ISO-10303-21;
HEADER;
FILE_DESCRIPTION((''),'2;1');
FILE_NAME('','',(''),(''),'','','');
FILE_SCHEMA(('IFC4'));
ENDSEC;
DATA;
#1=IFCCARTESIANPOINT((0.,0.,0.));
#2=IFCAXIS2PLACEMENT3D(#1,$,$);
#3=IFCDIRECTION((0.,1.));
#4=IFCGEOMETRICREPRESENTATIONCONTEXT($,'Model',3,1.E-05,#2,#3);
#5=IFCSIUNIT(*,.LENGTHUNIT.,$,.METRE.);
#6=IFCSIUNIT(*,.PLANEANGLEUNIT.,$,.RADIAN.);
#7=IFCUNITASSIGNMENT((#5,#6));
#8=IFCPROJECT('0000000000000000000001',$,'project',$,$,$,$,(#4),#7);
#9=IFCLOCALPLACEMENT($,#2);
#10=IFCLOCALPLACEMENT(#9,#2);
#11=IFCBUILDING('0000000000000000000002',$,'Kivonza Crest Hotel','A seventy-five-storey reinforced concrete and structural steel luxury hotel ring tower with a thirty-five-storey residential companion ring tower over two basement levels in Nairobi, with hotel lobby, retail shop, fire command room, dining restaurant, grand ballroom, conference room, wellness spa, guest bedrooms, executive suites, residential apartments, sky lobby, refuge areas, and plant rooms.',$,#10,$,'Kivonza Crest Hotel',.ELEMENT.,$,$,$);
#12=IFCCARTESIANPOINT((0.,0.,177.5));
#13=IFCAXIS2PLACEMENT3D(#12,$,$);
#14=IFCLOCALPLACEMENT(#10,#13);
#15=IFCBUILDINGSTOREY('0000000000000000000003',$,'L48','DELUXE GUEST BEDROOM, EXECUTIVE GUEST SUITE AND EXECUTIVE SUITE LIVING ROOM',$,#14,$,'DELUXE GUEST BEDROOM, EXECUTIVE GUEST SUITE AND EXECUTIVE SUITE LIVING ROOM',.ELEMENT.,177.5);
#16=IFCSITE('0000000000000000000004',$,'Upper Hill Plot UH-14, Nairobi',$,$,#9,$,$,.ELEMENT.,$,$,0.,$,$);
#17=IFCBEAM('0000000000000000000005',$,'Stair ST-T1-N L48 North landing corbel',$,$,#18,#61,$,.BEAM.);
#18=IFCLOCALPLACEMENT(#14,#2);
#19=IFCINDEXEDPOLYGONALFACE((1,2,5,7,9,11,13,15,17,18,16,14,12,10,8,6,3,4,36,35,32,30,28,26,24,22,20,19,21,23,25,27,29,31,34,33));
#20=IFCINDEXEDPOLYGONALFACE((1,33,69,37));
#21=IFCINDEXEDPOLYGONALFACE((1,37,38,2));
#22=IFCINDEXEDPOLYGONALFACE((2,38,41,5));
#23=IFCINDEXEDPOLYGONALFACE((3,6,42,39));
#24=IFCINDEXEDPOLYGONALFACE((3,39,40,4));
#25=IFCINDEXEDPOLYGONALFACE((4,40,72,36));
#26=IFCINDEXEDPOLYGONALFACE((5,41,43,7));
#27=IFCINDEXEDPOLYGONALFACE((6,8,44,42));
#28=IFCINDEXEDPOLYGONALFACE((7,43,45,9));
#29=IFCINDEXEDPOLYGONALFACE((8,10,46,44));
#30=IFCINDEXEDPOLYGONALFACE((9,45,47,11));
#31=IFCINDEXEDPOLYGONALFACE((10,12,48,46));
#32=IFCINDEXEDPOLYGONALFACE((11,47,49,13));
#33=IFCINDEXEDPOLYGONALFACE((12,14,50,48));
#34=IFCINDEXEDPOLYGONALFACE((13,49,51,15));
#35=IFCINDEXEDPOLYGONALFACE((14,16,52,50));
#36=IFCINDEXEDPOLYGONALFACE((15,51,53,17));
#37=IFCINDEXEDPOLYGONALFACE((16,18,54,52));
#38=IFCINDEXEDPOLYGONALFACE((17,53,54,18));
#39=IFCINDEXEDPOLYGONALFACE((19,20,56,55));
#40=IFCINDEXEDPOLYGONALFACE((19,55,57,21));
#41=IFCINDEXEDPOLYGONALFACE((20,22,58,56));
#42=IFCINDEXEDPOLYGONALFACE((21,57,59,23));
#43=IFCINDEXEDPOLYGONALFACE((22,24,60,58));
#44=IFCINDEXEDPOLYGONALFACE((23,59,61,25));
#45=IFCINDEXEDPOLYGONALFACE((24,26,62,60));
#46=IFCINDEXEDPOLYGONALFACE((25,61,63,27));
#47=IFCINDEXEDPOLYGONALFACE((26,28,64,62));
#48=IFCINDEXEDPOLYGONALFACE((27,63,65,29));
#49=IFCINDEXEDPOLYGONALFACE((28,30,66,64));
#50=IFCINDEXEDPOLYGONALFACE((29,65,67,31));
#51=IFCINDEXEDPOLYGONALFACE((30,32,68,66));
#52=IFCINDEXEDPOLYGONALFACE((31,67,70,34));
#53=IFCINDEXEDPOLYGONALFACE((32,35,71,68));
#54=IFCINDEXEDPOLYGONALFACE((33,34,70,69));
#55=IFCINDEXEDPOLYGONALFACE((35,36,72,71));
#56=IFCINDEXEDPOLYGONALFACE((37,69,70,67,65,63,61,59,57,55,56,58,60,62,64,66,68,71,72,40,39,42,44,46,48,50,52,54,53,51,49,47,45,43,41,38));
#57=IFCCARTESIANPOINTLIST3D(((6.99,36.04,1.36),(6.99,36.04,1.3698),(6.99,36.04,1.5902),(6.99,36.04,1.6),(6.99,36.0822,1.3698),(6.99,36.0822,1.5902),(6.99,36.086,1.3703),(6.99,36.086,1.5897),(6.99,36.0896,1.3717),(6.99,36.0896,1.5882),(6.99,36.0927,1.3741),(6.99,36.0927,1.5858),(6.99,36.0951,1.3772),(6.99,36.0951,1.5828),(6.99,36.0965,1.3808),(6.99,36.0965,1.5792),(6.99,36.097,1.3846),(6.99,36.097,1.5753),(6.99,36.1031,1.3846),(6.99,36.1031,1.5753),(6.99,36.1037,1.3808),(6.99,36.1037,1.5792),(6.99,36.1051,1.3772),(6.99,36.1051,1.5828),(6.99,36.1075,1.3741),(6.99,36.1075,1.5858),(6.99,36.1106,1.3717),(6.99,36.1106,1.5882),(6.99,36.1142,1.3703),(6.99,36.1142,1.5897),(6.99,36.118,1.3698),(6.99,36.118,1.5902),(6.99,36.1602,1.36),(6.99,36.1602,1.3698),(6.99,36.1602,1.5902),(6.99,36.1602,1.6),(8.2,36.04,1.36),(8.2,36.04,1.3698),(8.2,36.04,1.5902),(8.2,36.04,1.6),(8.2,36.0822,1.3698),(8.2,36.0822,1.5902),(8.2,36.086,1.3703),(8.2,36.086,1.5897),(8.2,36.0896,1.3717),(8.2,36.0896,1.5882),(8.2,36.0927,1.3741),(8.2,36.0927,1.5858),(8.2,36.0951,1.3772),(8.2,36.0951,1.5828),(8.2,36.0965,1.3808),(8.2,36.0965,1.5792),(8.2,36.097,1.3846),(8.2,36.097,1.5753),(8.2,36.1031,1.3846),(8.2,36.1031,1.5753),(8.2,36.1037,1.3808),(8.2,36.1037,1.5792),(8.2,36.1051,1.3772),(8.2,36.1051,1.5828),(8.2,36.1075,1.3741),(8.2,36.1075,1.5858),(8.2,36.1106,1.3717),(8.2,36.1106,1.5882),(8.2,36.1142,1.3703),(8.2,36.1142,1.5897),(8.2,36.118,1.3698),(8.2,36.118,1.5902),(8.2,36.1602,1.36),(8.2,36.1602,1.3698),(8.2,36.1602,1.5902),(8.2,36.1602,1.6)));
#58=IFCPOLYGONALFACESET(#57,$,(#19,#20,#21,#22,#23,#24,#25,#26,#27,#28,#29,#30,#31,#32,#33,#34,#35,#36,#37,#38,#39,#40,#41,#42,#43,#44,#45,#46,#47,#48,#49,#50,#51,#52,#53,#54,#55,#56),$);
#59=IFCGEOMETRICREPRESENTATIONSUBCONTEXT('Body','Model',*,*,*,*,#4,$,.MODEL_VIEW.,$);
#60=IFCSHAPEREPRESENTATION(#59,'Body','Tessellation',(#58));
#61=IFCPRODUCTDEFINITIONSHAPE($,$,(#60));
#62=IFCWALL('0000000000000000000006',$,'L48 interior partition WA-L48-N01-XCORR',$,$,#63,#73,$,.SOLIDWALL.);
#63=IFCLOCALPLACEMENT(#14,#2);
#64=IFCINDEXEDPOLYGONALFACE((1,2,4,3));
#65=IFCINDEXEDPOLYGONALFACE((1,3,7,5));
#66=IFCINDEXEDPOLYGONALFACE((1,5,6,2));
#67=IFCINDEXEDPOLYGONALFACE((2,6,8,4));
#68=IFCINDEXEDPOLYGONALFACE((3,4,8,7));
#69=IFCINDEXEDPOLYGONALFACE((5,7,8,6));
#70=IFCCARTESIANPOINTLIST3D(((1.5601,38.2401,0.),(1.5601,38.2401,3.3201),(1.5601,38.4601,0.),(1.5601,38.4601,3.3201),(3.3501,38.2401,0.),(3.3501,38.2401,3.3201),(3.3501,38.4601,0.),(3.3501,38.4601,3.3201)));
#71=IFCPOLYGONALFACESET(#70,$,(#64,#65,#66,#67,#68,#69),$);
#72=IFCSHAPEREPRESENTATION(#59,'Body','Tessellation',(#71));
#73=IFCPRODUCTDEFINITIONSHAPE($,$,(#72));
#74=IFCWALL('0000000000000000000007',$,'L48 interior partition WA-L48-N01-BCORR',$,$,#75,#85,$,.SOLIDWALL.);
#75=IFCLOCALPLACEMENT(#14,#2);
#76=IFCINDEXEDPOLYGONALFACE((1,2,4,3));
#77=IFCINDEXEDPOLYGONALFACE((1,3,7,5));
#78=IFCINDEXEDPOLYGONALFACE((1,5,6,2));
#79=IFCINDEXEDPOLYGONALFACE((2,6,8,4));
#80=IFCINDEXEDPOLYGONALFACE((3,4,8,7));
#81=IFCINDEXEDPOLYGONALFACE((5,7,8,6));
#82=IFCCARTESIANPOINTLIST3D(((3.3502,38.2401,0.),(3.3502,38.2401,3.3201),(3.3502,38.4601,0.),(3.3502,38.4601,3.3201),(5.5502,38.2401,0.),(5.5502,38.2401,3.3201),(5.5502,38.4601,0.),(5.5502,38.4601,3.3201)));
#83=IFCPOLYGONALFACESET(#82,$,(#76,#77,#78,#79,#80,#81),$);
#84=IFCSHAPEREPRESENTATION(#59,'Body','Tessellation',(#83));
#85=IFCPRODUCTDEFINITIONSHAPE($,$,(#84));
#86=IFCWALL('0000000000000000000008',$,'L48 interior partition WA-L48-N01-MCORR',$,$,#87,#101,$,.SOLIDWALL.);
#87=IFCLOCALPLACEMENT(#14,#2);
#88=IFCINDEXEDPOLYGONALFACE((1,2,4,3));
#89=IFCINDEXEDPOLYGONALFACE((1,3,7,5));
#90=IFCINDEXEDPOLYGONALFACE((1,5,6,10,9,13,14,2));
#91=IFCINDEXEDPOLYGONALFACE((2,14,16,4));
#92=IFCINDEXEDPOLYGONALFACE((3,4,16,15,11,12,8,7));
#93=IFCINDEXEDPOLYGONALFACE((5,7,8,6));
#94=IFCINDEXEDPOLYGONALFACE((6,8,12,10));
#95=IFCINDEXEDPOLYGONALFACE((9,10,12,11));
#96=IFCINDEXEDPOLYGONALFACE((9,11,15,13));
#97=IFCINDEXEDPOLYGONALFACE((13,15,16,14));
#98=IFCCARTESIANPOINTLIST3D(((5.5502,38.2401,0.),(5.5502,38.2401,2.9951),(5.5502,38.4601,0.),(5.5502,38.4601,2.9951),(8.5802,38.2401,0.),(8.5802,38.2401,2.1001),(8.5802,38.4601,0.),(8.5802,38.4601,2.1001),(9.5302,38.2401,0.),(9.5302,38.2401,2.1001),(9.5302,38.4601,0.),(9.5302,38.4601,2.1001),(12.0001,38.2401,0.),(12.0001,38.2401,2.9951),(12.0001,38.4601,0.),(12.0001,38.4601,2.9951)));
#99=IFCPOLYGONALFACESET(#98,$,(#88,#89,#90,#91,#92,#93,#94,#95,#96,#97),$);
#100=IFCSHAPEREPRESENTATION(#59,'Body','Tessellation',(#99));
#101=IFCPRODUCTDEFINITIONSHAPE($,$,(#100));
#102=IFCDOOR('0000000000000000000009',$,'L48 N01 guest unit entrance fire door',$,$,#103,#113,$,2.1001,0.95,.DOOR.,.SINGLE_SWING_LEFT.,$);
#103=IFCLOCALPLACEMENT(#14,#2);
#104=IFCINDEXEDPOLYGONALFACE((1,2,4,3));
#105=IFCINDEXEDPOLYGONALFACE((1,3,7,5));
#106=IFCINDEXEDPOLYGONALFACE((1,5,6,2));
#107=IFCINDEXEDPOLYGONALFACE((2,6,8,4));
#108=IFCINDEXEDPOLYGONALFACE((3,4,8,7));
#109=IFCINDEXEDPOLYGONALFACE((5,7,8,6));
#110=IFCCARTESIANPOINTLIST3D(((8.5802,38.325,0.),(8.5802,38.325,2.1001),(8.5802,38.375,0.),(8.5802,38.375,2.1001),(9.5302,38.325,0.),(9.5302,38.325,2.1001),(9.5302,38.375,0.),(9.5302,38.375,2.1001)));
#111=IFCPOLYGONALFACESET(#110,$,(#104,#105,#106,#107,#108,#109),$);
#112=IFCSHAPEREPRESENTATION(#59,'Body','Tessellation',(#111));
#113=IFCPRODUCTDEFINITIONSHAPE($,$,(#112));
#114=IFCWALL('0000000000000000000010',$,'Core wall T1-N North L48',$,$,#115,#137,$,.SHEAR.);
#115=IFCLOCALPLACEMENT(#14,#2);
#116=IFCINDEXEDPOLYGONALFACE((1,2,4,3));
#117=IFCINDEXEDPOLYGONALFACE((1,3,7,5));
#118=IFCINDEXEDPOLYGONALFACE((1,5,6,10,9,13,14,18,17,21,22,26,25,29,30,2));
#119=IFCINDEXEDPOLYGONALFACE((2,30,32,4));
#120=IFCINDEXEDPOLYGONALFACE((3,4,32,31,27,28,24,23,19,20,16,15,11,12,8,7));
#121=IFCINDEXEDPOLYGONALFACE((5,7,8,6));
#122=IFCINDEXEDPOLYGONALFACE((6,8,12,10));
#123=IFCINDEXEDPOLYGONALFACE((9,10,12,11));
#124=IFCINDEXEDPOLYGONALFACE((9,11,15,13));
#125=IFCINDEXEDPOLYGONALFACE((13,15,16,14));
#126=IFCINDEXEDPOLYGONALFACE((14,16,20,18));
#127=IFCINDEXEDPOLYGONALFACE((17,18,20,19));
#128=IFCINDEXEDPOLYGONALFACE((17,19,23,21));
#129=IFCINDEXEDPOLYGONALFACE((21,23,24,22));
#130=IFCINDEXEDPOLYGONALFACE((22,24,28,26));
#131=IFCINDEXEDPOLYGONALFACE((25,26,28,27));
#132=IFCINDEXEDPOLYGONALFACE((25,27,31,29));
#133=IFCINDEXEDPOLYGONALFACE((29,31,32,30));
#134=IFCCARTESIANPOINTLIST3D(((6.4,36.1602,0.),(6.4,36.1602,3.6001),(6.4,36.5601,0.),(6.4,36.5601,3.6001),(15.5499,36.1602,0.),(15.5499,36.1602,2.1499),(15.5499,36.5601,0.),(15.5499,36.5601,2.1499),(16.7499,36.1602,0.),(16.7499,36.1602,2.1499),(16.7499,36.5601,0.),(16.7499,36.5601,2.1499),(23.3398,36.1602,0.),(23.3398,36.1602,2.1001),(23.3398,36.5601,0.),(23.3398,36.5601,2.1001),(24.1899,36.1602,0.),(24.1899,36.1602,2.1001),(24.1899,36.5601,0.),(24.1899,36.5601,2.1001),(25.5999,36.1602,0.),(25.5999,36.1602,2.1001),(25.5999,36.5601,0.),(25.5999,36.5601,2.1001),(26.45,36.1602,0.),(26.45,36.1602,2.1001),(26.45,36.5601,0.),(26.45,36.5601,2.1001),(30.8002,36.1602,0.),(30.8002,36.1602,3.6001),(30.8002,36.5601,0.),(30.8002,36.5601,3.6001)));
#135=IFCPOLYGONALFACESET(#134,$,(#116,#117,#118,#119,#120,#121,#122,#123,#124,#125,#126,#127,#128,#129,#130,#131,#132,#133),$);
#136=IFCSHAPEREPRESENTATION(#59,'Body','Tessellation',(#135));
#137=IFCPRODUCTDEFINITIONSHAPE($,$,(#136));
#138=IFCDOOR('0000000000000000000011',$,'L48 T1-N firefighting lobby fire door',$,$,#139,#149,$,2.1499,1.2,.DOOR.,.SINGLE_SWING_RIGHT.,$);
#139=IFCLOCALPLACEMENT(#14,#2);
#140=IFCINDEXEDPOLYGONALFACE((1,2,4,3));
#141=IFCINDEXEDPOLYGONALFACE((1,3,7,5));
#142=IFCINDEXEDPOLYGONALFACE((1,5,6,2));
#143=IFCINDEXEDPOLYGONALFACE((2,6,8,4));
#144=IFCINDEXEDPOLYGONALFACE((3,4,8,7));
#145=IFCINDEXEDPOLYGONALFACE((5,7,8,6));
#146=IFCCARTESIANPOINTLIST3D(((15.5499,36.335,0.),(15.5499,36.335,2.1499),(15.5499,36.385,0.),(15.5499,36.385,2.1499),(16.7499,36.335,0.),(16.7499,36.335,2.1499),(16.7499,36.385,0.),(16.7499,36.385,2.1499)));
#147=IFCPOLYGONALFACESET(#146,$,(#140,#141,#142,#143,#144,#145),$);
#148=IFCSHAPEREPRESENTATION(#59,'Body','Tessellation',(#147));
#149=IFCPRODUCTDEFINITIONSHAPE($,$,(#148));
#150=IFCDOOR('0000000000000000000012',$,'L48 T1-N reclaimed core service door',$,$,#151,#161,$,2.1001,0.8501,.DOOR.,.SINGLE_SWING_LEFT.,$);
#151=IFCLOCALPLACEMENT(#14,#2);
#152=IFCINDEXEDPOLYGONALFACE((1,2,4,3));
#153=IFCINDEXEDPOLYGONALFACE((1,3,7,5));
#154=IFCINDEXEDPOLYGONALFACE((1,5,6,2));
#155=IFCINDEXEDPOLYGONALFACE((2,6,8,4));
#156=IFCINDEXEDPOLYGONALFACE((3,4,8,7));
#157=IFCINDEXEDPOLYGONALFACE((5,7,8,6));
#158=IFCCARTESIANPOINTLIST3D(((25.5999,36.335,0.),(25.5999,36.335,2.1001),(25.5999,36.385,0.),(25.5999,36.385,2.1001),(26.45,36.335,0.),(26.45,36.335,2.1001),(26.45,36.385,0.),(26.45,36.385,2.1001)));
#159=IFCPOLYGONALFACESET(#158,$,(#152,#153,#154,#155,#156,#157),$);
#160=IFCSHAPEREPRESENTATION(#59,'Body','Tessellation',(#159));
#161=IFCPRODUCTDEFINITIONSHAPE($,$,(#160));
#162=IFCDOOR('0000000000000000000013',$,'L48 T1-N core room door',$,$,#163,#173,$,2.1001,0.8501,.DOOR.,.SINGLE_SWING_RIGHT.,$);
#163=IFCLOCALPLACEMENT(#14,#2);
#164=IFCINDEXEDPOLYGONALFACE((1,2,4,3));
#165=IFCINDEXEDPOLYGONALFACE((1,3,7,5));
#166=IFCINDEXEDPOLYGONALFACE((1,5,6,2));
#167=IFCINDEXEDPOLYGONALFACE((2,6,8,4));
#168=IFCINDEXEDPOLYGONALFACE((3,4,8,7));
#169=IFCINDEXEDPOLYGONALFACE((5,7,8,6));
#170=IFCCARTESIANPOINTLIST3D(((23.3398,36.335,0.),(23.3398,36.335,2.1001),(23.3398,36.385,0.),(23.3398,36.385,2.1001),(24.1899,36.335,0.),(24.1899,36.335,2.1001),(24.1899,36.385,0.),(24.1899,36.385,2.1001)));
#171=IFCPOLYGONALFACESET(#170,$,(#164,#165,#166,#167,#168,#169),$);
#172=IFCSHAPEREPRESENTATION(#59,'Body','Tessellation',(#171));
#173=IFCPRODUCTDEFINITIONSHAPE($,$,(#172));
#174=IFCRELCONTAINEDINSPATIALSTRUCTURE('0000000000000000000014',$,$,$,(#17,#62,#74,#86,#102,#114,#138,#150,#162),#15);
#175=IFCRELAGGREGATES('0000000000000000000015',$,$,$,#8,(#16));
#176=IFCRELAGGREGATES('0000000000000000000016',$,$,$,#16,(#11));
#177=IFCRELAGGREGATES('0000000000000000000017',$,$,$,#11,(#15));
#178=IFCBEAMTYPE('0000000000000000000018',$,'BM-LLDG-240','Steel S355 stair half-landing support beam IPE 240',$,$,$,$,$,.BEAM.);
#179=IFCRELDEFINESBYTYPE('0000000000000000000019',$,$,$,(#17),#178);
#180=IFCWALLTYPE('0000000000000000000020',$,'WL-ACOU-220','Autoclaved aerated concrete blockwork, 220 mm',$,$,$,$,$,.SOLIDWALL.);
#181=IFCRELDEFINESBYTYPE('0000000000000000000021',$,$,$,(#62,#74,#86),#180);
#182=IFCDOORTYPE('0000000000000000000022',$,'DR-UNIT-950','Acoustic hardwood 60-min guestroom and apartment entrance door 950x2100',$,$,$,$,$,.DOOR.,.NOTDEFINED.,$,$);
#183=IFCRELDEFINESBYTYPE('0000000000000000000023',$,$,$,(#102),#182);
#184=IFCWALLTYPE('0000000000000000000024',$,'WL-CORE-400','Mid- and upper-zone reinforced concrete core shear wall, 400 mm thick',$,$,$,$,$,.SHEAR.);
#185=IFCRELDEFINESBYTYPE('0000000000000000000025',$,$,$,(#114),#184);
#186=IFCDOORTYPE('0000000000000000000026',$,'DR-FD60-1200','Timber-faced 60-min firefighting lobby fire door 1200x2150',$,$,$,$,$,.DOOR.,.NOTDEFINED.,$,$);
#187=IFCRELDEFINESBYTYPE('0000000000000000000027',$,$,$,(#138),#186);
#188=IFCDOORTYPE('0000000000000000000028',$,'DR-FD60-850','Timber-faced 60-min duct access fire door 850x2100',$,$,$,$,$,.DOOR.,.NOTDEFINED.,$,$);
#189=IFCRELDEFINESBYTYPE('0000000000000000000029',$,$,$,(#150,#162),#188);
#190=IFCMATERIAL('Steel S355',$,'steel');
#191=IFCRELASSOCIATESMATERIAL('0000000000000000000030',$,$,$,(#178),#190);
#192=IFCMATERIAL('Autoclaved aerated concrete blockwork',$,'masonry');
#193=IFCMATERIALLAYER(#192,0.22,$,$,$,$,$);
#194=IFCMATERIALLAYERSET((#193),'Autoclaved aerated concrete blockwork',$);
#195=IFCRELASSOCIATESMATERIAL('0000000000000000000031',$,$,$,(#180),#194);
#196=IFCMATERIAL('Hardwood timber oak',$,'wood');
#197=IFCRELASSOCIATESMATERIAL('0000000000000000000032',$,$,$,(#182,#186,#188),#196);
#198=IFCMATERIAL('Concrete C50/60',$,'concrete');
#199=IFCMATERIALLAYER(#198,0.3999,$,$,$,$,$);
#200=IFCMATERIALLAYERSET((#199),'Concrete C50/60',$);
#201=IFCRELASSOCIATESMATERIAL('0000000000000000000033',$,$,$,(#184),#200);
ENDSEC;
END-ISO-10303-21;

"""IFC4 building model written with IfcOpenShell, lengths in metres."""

from ifc_helpers import new_model, si_unit, direction, frame, frame_2d, origin, origin_2d, place, context, subcontext, project, spatial, rectangle, i_section, extrude, material, layer, layer_set, material_profile, profile_set, type_object, element, fill, save


model = new_model("IFC4")

# Units and contexts
model_context = context("Model", 3, precision=1e-05, world=origin(), true_north=direction((0.0, 1.0)))
body_context = subcontext(model_context, "Body", "Model", "MODEL_VIEW")
ifc_project = project(units=[si_unit("LENGTHUNIT", "METRE"), si_unit("PLANEANGLEUNIT", "RADIAN")], contexts=[model_context])

# Site, building, storey
site_placement = place(None, origin())
site = spatial("IfcSite", under=ifc_project, at=site_placement, Name="Upper Hill Plot UH-14, Nairobi", CompositionType="ELEMENT", RefElevation=0.0)
building_placement = place(site_placement, origin())
building = spatial("IfcBuilding", under=site, at=building_placement, Name="Kivonza Crest Hotel", Description="A seventy-five-storey reinforced concrete and structural steel luxury hotel ring tower with a thirty-five-storey residential companion ring tower over two basement levels in Nairobi, with hotel lobby, retail shop, fire command room, dining restaurant, grand ballroom, conference room, wellness spa, guest bedrooms, executive suites, residential apartments, sky lobby, refuge areas, and plant rooms.", LongName="Kivonza Crest Hotel", CompositionType="ELEMENT")
storey_placement = place(building_placement, frame((0.0, 0.0, 177.5)))
storey = spatial("IfcBuildingStorey", under=building, at=storey_placement, Name="L48", Description="DELUXE GUEST BEDROOM, EXECUTIVE GUEST SUITE AND EXECUTIVE SUITE LIVING ROOM", LongName="DELUXE GUEST BEDROOM, EXECUTIVE GUEST SUITE AND EXECUTIVE SUITE LIVING ROOM", CompositionType="ELEMENT", Elevation=177.5)

# Beam
ifc_material_1 = material(Name="Steel S355", Category="steel")
ifc_material_profile = material_profile(ifc_material_1, i_section(OverallWidth=0.1201, OverallDepth=0.24, WebThickness=0.0061, FlangeThickness=0.0098, FilletRadius=0.0149, at=origin_2d()), Name="IPE 240")
ifc_profile_set = profile_set([ifc_material_profile], Name="Steel S355")
beam_type = type_object("IfcBeamType", Name="BM-LLDG-240", Description="Steel S355 stair half-landing support beam IPE 240", PredefinedType="BEAM", material=ifc_profile_set)
beam_placement = place(storey_placement, frame((6.99, 36.1001, 1.48), z_axis=(1.0, 0.0, 0.0), x_axis=(0.0, 1.0, 0.0)))
element("IfcBeam", 1, at=beam_placement, inside=storey, type_object=beam_type, Name="Stair ST-T1-N L48 North landing corbel", PredefinedType="BEAM", context=body_context, shape_type="SweptSolid", body=[
    extrude(i_section(OverallWidth=0.1201, OverallDepth=0.24, WebThickness=0.0061, FlangeThickness=0.0098, FilletRadius=0.0149, at=origin_2d()), origin(), (0.0, 0.0, 1.0), 1.21),
])

# Walls
ifc_material_2 = material(Name="Autoclaved aerated concrete blockwork", Category="masonry")
ifc_layer_1 = layer(ifc_material_2, 0.22)
ifc_layer_set_1 = layer_set([ifc_layer_1], Name="Autoclaved aerated concrete blockwork")
wall_type_1 = type_object("IfcWallType", Name="WL-ACOU-220", Description="Autoclaved aerated concrete blockwork, 220 mm", PredefinedType="SOLIDWALL", material=ifc_layer_set_1)
wall_1_placement = place(storey_placement, frame((1.5601, 38.3501, 0.0), z_axis=(0.0, 0.0, 1.0), x_axis=(1.0, 0.0, 0.0)))
element("IfcWall", 2, at=wall_1_placement, inside=storey, type_object=wall_type_1, Name="L48 interior partition WA-L48-N01-XCORR", PredefinedType="SOLIDWALL", context=body_context, shape_type="SweptSolid", body=[
    extrude(rectangle(XDim=1.79, YDim=0.22, at=frame_2d((0.895, 0.0))), origin(), (0.0, 0.0, 1.0), 3.3201),
])
wall_2_placement = place(storey_placement, frame((3.3501, 38.3501, 0.0), z_axis=(0.0, 0.0, 1.0), x_axis=(1.0, 0.0, 0.0)))
element("IfcWall", 3, at=wall_2_placement, inside=storey, type_object=wall_type_1, Name="L48 interior partition WA-L48-N01-BCORR", PredefinedType="SOLIDWALL", context=body_context, shape_type="SweptSolid", body=[
    extrude(rectangle(XDim=2.2, YDim=0.22, at=frame_2d((1.1001, 0.0))), origin(), (0.0, 0.0, 1.0), 3.3201),
])

# Wall, opening, door
wall_3_placement = place(storey_placement, frame((5.55, 38.3501, 0.0), z_axis=(0.0, 0.0, 1.0), x_axis=(1.0, 0.0, 0.0)))
wall_3 = element("IfcWall", 4, at=wall_3_placement, inside=storey, type_object=wall_type_1, Name="L48 interior partition WA-L48-N01-MCORR", PredefinedType="SOLIDWALL", context=body_context, shape_type="SweptSolid", body=[
    extrude(rectangle(XDim=6.45, YDim=0.22, at=frame_2d((3.2251, 0.0))), origin(), (0.0, 0.0, 1.0), 2.9951),
])
opening_1_placement = place(wall_3_placement, frame((3.03, 0.0, 0.0)))
opening_1 = element("IfcOpeningElement", 5, at=opening_1_placement, cuts=wall_3, PredefinedType="OPENING", context=body_context, shape_type="SweptSolid", body=[
    extrude(rectangle(XDim=0.95, YDim=2.1001, at=frame_2d((0.4751, 1.05))), frame((0.0, 0.1201, 0.0), z_axis=(0.0, -1.0, 0.0), x_axis=(1.0, 0.0, 0.0)), (0.0, 0.0, 1.0), 0.24),
])
ifc_material_3 = material(Name="Hardwood timber oak", Category="wood")
door_type_1 = type_object("IfcDoorType", Name="DR-UNIT-950", Description="Acoustic hardwood 60-min guestroom and apartment entrance door 950x2100", OperationType="NOTDEFINED", PredefinedType="DOOR", material=ifc_material_3)
door_1_placement = place(opening_1_placement, origin())
door_1 = element("IfcDoor", 6, at=door_1_placement, inside=storey, type_object=door_type_1, Name="L48 N01 guest unit entrance fire door", OperationType="SINGLE_SWING_LEFT", OverallHeight=2.1001, OverallWidth=0.95, PredefinedType="DOOR", context=body_context, shape_type="SweptSolid", body=[
    extrude(rectangle(XDim=0.95, YDim=2.1001, at=frame_2d((0.4751, 1.05))), frame((0.0, 0.0249, 0.0), z_axis=(0.0, -1.0, 0.0), x_axis=(1.0, 0.0, 0.0)), (0.0, 0.0, 1.0), 0.05),
])
fill(opening_1, door_1)

# Wall, openings, doors
ifc_material_4 = material(Name="Concrete C50/60", Category="concrete")
ifc_layer_2 = layer(ifc_material_4, 0.3999)
ifc_layer_set_2 = layer_set([ifc_layer_2], Name="Concrete C50/60")
wall_type_2 = type_object("IfcWallType", Name="WL-CORE-400", Description="Mid- and upper-zone reinforced concrete core shear wall, 400 mm thick", PredefinedType="SHEAR", material=ifc_layer_set_2)
wall_4_placement = place(storey_placement, frame((6.3999, 36.3601, 0.0), z_axis=(0.0, 0.0, 1.0), x_axis=(1.0, 0.0, 0.0)))
wall_4 = element("IfcWall", 7, at=wall_4_placement, inside=storey, type_object=wall_type_2, Name="Core wall T1-N North L48", PredefinedType="SHEAR", context=body_context, shape_type="SweptSolid", body=[
    extrude(rectangle(XDim=24.4001, YDim=0.3999, at=frame_2d((12.2002, 0.0))), origin(), (0.0, 0.0, 1.0), 3.6001),
])
opening_2_placement = place(wall_4_placement, frame((9.1499, 0.0, 0.0)))
opening_2 = element("IfcOpeningElement", 8, at=opening_2_placement, cuts=wall_4, PredefinedType="OPENING", context=body_context, shape_type="SweptSolid", body=[
    extrude(rectangle(XDim=1.2, YDim=2.1499, at=frame_2d((0.6001, 1.075))), frame((0.0, 0.21, 0.0), z_axis=(0.0, -1.0, 0.0), x_axis=(1.0, 0.0, 0.0)), (0.0, 0.0, 1.0), 0.4199),
])
opening_3_placement = place(wall_4_placement, frame((19.2, 0.0, 0.0)))
opening_3 = element("IfcOpeningElement", 9, at=opening_3_placement, cuts=wall_4, PredefinedType="OPENING", context=body_context, shape_type="SweptSolid", body=[
    extrude(rectangle(XDim=0.8501, YDim=2.1001, at=frame_2d((0.425, 1.05))), frame((0.0, 0.21, 0.0), z_axis=(0.0, -1.0, 0.0), x_axis=(1.0, 0.0, 0.0)), (0.0, 0.0, 1.0), 0.4199),
])
opening_4_placement = place(wall_4_placement, frame((16.9399, 0.0, 0.0)))
opening_4 = element("IfcOpeningElement", 10, at=opening_4_placement, cuts=wall_4, PredefinedType="OPENING", context=body_context, shape_type="SweptSolid", body=[
    extrude(rectangle(XDim=0.8501, YDim=2.1001, at=frame_2d((0.425, 1.05))), frame((0.0, 0.21, 0.0), z_axis=(0.0, -1.0, 0.0), x_axis=(1.0, 0.0, 0.0)), (0.0, 0.0, 1.0), 0.4199),
])
door_type_2 = type_object("IfcDoorType", Name="DR-FD60-1200", Description="Timber-faced 60-min firefighting lobby fire door 1200x2150", OperationType="NOTDEFINED", PredefinedType="DOOR", material=ifc_material_3)
door_2_placement = place(opening_2_placement, origin())
door_2 = element("IfcDoor", 11, at=door_2_placement, inside=storey, type_object=door_type_2, Name="L48 T1-N firefighting lobby fire door", OperationType="SINGLE_SWING_RIGHT", OverallHeight=2.1499, OverallWidth=1.2, PredefinedType="DOOR", context=body_context, shape_type="SweptSolid", body=[
    extrude(rectangle(XDim=1.2, YDim=2.1499, at=frame_2d((0.6001, 1.075))), frame((0.0, 0.0249, 0.0), z_axis=(0.0, -1.0, 0.0), x_axis=(1.0, 0.0, 0.0)), (0.0, 0.0, 1.0), 0.05),
])
fill(opening_2, door_2)
door_type_3 = type_object("IfcDoorType", Name="DR-FD60-850", Description="Timber-faced 60-min duct access fire door 850x2100", OperationType="NOTDEFINED", PredefinedType="DOOR", material=ifc_material_3)
door_3_placement = place(opening_3_placement, origin())
door_3 = element("IfcDoor", 12, at=door_3_placement, inside=storey, type_object=door_type_3, Name="L48 T1-N reclaimed core service door", OperationType="SINGLE_SWING_LEFT", OverallHeight=2.1001, OverallWidth=0.8501, PredefinedType="DOOR", context=body_context, shape_type="SweptSolid", body=[
    extrude(rectangle(XDim=0.8501, YDim=2.1001, at=frame_2d((0.425, 1.05))), frame((0.0, 0.0249, 0.0), z_axis=(0.0, -1.0, 0.0), x_axis=(1.0, 0.0, 0.0)), (0.0, 0.0, 1.0), 0.05),
])
fill(opening_3, door_3)
door_4_placement = place(opening_4_placement, origin())
door_4 = element("IfcDoor", 13, at=door_4_placement, inside=storey, type_object=door_type_3, Name="L48 T1-N core room door", OperationType="SINGLE_SWING_RIGHT", OverallHeight=2.1001, OverallWidth=0.8501, PredefinedType="DOOR", context=body_context, shape_type="SweptSolid", body=[
    extrude(rectangle(XDim=0.8501, YDim=2.1001, at=frame_2d((0.425, 1.05))), frame((0.0, 0.0249, 0.0), z_axis=(0.0, -1.0, 0.0), x_axis=(1.0, 0.0, 0.0)), (0.0, 0.0, 1.0), 0.05),
])
fill(opening_4, door_4)

save(model, "model.ifc")
